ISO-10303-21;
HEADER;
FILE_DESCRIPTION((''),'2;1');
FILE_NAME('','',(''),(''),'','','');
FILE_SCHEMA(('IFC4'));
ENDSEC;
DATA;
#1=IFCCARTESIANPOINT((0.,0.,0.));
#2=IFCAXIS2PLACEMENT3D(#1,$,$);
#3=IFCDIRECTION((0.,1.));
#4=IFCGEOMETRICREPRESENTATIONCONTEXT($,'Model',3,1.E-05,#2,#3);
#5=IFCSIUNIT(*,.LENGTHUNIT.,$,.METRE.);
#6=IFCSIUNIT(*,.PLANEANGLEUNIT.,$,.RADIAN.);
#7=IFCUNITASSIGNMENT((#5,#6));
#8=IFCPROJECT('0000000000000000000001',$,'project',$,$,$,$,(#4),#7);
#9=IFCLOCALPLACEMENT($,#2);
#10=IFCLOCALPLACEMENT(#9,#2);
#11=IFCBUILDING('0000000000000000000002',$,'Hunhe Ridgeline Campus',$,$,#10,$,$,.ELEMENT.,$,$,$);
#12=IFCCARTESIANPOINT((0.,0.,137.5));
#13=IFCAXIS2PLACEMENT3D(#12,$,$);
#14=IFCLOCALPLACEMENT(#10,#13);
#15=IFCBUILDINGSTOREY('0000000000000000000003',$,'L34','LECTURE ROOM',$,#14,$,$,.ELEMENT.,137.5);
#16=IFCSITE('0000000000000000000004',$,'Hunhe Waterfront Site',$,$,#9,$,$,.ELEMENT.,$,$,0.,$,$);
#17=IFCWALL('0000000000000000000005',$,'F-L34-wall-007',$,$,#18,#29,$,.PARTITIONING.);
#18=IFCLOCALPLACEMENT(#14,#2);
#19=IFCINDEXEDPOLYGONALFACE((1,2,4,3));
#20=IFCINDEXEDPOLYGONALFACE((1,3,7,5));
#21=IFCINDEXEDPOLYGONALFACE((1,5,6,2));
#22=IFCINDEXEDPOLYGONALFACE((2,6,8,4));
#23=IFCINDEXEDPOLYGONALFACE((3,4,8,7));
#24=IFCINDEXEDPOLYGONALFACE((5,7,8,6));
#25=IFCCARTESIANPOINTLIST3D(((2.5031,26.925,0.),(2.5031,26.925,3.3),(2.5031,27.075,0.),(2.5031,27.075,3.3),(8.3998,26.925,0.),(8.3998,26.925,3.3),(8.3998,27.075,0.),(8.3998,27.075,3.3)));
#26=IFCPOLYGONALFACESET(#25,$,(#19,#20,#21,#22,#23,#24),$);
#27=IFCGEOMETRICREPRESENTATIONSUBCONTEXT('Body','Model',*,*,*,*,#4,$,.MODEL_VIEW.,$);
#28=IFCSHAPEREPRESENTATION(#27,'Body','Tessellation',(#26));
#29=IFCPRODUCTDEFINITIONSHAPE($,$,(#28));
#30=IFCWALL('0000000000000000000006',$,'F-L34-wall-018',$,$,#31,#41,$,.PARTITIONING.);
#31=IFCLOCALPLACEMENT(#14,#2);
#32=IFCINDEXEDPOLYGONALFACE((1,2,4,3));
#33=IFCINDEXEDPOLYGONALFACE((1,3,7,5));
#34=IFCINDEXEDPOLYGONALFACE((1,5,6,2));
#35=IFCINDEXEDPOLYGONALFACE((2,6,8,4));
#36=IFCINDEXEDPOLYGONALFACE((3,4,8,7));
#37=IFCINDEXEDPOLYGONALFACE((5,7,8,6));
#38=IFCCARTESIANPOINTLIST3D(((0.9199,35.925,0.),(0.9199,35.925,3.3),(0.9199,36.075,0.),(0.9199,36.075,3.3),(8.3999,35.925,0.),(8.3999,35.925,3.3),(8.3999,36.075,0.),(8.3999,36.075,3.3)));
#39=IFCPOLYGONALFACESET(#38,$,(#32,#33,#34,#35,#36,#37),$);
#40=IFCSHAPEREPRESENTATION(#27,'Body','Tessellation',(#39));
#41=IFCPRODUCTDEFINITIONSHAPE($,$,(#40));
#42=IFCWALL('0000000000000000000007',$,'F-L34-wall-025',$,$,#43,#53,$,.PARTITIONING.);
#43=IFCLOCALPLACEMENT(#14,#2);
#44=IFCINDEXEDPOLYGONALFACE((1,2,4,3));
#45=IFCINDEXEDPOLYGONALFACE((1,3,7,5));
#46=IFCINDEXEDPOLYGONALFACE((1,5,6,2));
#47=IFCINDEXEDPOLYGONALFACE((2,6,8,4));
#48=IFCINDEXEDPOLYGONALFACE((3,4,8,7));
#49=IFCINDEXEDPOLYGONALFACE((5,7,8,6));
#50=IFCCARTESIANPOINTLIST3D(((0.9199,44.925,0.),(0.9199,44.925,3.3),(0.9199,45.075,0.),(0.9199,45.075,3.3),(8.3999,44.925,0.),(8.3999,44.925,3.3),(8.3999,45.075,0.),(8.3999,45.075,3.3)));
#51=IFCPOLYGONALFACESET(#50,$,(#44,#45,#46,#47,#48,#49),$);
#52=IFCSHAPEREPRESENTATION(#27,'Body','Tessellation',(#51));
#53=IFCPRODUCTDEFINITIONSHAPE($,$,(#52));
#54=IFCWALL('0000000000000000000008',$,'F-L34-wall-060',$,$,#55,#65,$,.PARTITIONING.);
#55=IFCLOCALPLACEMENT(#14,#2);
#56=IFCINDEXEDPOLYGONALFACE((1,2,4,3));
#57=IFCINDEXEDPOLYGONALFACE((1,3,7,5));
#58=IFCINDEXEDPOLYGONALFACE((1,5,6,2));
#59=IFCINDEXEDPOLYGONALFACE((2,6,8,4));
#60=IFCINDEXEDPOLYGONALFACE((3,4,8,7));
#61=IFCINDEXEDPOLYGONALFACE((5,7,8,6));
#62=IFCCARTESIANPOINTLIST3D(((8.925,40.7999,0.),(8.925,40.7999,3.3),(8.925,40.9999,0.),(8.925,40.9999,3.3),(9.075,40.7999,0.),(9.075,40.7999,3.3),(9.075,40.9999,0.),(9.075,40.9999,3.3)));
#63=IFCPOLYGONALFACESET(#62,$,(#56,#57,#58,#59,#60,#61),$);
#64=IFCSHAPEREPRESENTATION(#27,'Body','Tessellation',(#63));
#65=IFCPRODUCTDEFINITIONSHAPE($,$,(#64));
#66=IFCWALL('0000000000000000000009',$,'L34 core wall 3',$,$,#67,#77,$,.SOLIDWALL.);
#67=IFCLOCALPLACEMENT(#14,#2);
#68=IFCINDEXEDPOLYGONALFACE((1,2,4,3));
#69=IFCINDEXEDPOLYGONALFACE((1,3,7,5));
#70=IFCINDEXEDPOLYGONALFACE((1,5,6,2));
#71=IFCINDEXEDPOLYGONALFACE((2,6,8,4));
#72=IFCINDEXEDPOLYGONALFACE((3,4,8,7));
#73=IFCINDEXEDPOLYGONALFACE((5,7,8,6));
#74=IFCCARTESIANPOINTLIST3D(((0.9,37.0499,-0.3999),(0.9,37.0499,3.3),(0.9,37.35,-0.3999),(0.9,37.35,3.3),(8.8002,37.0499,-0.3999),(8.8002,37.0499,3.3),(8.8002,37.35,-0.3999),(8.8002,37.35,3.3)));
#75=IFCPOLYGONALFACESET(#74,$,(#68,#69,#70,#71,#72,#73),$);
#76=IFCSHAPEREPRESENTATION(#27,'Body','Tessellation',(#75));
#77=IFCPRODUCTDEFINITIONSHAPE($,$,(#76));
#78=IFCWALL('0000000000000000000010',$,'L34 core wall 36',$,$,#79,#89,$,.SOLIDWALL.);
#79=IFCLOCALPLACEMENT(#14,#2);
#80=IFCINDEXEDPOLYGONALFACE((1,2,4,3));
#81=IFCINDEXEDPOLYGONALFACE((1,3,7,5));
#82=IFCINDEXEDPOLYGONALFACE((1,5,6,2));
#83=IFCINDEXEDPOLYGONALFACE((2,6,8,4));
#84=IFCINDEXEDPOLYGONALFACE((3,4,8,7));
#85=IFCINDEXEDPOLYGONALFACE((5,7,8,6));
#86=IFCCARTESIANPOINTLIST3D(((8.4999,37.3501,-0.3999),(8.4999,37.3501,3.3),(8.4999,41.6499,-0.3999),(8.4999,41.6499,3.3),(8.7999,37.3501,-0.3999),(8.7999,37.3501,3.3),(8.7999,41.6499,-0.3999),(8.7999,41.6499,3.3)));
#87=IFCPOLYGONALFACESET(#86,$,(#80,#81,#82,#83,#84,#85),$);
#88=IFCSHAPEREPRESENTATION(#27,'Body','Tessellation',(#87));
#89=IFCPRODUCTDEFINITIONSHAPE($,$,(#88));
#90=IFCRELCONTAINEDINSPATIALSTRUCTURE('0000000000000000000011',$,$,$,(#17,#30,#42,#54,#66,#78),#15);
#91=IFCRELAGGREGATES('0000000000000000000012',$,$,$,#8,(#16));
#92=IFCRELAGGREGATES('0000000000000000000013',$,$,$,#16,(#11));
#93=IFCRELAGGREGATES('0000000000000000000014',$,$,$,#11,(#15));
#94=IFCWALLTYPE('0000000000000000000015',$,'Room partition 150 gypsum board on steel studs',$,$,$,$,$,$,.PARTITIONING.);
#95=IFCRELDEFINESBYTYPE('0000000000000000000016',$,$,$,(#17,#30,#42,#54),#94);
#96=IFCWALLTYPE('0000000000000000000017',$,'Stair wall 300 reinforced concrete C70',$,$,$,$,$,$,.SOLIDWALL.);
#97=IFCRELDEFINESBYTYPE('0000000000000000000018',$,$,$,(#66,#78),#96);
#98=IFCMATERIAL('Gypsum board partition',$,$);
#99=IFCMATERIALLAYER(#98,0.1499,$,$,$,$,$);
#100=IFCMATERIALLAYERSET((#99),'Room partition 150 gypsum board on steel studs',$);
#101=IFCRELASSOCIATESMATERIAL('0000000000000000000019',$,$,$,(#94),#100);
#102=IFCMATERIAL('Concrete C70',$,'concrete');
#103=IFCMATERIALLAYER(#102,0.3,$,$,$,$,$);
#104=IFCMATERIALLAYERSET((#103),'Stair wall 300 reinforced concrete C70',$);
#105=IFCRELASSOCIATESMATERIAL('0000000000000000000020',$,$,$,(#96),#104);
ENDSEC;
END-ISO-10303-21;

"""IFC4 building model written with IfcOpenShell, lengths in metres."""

from ifc_helpers import new_model, si_unit, direction, frame, frame_2d, origin, place, context, subcontext, project, spatial, rectangle, extrude, material, layer, layer_set, type_object, element, save


model = new_model("IFC4")

# Units and contexts
model_context = context("Model", 3, precision=1e-05, world=origin(), true_north=direction((0.0, 1.0)))
body_context = subcontext(model_context, "Body", "Model", "MODEL_VIEW")
ifc_project = project(units=[si_unit("LENGTHUNIT", "METRE"), si_unit("PLANEANGLEUNIT", "RADIAN")], contexts=[model_context])

# Site, building, storey
site_placement = place(None, origin())
site = spatial("IfcSite", under=ifc_project, at=site_placement, Name="Hunhe Waterfront Site", CompositionType="ELEMENT", RefElevation=0.0)
building_placement = place(site_placement, origin())
building = spatial("IfcBuilding", under=site, at=building_placement, Name="Hunhe Ridgeline Campus", CompositionType="ELEMENT")
storey_placement = place(building_placement, frame((0.0, 0.0, 137.5)))
storey = spatial("IfcBuildingStorey", under=building, at=storey_placement, Name="L34", Description="LECTURE ROOM", CompositionType="ELEMENT", Elevation=137.5)

# Shared definitions
ifc_material_1 = material(Name="Concrete C70", Category="concrete")

# Shared definitions
ifc_material_2 = material(Name="Gypsum board partition")

# Walls
ifc_layer_1 = layer(ifc_material_2, 0.1499)
ifc_layer_set_1 = layer_set([ifc_layer_1], Name="Room partition 150 gypsum board on steel studs")
wall_type_1 = type_object("IfcWallType", Name="Room partition 150 gypsum board on steel studs", PredefinedType="PARTITIONING", material=ifc_layer_set_1)
wall_1_placement = place(storey_placement, frame((2.5032, 27.0, 0.0), z_axis=(0.0, 0.0, 1.0), x_axis=(1.0, 0.0, 0.0)))
element("IfcWall", 1, at=wall_1_placement, inside=storey, type_object=wall_type_1, Name="F-L34-wall-007", PredefinedType="PARTITIONING", context=body_context, shape_type="SweptSolid", body=[
    extrude(rectangle(XDim=5.8967, YDim=0.1499, at=frame_2d((2.9482, 0.0))), origin(), (0.0, 0.0, 1.0), 3.3),
])
for number, where, z_axis, x_axis, name in (
    (2, (0.9199, 36.0, 0.0), (0.0, 0.0, 1.0), (1.0, 0.0, 0.0), "F-L34-wall-018"),
    (3, (0.9199, 45.0, 0.0), (0.0, 0.0, 1.0), (1.0, 0.0, 0.0), "F-L34-wall-025"),
):
    element("IfcWall", number, at=place(storey_placement, frame(where, z_axis=z_axis, x_axis=x_axis)), inside=storey, type_object=wall_type_1, Name=name, PredefinedType="PARTITIONING", context=body_context, shape_type="SweptSolid", body=[
        extrude(rectangle(XDim=7.48, YDim=0.1499, at=frame_2d((3.74, 0.0))), origin(), (0.0, 0.0, 1.0), 3.3),
    ])
wall_2_placement = place(storey_placement, frame((9.0, 41.0, 0.0), z_axis=(0.0, 0.0, 1.0), x_axis=(0.0, -1.0, 0.0)))
element("IfcWall", 4, at=wall_2_placement, inside=storey, type_object=wall_type_1, Name="F-L34-wall-060", PredefinedType="PARTITIONING", context=body_context, shape_type="SweptSolid", body=[
    extrude(rectangle(XDim=0.2, YDim=0.1499, at=frame_2d((0.1001, 0.0))), origin(), (0.0, 0.0, 1.0), 3.3),
])
ifc_layer_2 = layer(ifc_material_1, 0.3)
ifc_layer_set_2 = layer_set([ifc_layer_2], Name="Stair wall 300 reinforced concrete C70")
wall_type_2 = type_object("IfcWallType", Name="Stair wall 300 reinforced concrete C70", PredefinedType="SOLIDWALL", material=ifc_layer_set_2)
wall_3_placement = place(storey_placement, frame((0.8999, 37.2, -0.3999), z_axis=(0.0, 0.0, 1.0), x_axis=(1.0, 0.0, 0.0)))
element("IfcWall", 5, at=wall_3_placement, inside=storey, type_object=wall_type_2, Name="L34 core wall 3", PredefinedType="SOLIDWALL", context=body_context, shape_type="SweptSolid", body=[
    extrude(rectangle(XDim=7.9001, YDim=0.3, at=frame_2d((3.9502, 0.0))), origin(), (0.0, 0.0, 1.0), 3.7),
])

# Wall
wall_4_placement = place(storey_placement, frame((8.6499, 37.3501, -0.3999), z_axis=(0.0, 0.0, 1.0), x_axis=(0.0, 1.0, 0.0)))
element("IfcWall", 6, at=wall_4_placement, inside=storey, type_object=wall_type_2, Name="L34 core wall 36", PredefinedType="SOLIDWALL", context=body_context, shape_type="SweptSolid", body=[
    extrude(rectangle(XDim=4.2998, YDim=0.3, at=frame_2d((2.1499, 0.0))), origin(), (0.0, 0.0, 1.0), 3.7),
])

save(model, "model.ifc")
